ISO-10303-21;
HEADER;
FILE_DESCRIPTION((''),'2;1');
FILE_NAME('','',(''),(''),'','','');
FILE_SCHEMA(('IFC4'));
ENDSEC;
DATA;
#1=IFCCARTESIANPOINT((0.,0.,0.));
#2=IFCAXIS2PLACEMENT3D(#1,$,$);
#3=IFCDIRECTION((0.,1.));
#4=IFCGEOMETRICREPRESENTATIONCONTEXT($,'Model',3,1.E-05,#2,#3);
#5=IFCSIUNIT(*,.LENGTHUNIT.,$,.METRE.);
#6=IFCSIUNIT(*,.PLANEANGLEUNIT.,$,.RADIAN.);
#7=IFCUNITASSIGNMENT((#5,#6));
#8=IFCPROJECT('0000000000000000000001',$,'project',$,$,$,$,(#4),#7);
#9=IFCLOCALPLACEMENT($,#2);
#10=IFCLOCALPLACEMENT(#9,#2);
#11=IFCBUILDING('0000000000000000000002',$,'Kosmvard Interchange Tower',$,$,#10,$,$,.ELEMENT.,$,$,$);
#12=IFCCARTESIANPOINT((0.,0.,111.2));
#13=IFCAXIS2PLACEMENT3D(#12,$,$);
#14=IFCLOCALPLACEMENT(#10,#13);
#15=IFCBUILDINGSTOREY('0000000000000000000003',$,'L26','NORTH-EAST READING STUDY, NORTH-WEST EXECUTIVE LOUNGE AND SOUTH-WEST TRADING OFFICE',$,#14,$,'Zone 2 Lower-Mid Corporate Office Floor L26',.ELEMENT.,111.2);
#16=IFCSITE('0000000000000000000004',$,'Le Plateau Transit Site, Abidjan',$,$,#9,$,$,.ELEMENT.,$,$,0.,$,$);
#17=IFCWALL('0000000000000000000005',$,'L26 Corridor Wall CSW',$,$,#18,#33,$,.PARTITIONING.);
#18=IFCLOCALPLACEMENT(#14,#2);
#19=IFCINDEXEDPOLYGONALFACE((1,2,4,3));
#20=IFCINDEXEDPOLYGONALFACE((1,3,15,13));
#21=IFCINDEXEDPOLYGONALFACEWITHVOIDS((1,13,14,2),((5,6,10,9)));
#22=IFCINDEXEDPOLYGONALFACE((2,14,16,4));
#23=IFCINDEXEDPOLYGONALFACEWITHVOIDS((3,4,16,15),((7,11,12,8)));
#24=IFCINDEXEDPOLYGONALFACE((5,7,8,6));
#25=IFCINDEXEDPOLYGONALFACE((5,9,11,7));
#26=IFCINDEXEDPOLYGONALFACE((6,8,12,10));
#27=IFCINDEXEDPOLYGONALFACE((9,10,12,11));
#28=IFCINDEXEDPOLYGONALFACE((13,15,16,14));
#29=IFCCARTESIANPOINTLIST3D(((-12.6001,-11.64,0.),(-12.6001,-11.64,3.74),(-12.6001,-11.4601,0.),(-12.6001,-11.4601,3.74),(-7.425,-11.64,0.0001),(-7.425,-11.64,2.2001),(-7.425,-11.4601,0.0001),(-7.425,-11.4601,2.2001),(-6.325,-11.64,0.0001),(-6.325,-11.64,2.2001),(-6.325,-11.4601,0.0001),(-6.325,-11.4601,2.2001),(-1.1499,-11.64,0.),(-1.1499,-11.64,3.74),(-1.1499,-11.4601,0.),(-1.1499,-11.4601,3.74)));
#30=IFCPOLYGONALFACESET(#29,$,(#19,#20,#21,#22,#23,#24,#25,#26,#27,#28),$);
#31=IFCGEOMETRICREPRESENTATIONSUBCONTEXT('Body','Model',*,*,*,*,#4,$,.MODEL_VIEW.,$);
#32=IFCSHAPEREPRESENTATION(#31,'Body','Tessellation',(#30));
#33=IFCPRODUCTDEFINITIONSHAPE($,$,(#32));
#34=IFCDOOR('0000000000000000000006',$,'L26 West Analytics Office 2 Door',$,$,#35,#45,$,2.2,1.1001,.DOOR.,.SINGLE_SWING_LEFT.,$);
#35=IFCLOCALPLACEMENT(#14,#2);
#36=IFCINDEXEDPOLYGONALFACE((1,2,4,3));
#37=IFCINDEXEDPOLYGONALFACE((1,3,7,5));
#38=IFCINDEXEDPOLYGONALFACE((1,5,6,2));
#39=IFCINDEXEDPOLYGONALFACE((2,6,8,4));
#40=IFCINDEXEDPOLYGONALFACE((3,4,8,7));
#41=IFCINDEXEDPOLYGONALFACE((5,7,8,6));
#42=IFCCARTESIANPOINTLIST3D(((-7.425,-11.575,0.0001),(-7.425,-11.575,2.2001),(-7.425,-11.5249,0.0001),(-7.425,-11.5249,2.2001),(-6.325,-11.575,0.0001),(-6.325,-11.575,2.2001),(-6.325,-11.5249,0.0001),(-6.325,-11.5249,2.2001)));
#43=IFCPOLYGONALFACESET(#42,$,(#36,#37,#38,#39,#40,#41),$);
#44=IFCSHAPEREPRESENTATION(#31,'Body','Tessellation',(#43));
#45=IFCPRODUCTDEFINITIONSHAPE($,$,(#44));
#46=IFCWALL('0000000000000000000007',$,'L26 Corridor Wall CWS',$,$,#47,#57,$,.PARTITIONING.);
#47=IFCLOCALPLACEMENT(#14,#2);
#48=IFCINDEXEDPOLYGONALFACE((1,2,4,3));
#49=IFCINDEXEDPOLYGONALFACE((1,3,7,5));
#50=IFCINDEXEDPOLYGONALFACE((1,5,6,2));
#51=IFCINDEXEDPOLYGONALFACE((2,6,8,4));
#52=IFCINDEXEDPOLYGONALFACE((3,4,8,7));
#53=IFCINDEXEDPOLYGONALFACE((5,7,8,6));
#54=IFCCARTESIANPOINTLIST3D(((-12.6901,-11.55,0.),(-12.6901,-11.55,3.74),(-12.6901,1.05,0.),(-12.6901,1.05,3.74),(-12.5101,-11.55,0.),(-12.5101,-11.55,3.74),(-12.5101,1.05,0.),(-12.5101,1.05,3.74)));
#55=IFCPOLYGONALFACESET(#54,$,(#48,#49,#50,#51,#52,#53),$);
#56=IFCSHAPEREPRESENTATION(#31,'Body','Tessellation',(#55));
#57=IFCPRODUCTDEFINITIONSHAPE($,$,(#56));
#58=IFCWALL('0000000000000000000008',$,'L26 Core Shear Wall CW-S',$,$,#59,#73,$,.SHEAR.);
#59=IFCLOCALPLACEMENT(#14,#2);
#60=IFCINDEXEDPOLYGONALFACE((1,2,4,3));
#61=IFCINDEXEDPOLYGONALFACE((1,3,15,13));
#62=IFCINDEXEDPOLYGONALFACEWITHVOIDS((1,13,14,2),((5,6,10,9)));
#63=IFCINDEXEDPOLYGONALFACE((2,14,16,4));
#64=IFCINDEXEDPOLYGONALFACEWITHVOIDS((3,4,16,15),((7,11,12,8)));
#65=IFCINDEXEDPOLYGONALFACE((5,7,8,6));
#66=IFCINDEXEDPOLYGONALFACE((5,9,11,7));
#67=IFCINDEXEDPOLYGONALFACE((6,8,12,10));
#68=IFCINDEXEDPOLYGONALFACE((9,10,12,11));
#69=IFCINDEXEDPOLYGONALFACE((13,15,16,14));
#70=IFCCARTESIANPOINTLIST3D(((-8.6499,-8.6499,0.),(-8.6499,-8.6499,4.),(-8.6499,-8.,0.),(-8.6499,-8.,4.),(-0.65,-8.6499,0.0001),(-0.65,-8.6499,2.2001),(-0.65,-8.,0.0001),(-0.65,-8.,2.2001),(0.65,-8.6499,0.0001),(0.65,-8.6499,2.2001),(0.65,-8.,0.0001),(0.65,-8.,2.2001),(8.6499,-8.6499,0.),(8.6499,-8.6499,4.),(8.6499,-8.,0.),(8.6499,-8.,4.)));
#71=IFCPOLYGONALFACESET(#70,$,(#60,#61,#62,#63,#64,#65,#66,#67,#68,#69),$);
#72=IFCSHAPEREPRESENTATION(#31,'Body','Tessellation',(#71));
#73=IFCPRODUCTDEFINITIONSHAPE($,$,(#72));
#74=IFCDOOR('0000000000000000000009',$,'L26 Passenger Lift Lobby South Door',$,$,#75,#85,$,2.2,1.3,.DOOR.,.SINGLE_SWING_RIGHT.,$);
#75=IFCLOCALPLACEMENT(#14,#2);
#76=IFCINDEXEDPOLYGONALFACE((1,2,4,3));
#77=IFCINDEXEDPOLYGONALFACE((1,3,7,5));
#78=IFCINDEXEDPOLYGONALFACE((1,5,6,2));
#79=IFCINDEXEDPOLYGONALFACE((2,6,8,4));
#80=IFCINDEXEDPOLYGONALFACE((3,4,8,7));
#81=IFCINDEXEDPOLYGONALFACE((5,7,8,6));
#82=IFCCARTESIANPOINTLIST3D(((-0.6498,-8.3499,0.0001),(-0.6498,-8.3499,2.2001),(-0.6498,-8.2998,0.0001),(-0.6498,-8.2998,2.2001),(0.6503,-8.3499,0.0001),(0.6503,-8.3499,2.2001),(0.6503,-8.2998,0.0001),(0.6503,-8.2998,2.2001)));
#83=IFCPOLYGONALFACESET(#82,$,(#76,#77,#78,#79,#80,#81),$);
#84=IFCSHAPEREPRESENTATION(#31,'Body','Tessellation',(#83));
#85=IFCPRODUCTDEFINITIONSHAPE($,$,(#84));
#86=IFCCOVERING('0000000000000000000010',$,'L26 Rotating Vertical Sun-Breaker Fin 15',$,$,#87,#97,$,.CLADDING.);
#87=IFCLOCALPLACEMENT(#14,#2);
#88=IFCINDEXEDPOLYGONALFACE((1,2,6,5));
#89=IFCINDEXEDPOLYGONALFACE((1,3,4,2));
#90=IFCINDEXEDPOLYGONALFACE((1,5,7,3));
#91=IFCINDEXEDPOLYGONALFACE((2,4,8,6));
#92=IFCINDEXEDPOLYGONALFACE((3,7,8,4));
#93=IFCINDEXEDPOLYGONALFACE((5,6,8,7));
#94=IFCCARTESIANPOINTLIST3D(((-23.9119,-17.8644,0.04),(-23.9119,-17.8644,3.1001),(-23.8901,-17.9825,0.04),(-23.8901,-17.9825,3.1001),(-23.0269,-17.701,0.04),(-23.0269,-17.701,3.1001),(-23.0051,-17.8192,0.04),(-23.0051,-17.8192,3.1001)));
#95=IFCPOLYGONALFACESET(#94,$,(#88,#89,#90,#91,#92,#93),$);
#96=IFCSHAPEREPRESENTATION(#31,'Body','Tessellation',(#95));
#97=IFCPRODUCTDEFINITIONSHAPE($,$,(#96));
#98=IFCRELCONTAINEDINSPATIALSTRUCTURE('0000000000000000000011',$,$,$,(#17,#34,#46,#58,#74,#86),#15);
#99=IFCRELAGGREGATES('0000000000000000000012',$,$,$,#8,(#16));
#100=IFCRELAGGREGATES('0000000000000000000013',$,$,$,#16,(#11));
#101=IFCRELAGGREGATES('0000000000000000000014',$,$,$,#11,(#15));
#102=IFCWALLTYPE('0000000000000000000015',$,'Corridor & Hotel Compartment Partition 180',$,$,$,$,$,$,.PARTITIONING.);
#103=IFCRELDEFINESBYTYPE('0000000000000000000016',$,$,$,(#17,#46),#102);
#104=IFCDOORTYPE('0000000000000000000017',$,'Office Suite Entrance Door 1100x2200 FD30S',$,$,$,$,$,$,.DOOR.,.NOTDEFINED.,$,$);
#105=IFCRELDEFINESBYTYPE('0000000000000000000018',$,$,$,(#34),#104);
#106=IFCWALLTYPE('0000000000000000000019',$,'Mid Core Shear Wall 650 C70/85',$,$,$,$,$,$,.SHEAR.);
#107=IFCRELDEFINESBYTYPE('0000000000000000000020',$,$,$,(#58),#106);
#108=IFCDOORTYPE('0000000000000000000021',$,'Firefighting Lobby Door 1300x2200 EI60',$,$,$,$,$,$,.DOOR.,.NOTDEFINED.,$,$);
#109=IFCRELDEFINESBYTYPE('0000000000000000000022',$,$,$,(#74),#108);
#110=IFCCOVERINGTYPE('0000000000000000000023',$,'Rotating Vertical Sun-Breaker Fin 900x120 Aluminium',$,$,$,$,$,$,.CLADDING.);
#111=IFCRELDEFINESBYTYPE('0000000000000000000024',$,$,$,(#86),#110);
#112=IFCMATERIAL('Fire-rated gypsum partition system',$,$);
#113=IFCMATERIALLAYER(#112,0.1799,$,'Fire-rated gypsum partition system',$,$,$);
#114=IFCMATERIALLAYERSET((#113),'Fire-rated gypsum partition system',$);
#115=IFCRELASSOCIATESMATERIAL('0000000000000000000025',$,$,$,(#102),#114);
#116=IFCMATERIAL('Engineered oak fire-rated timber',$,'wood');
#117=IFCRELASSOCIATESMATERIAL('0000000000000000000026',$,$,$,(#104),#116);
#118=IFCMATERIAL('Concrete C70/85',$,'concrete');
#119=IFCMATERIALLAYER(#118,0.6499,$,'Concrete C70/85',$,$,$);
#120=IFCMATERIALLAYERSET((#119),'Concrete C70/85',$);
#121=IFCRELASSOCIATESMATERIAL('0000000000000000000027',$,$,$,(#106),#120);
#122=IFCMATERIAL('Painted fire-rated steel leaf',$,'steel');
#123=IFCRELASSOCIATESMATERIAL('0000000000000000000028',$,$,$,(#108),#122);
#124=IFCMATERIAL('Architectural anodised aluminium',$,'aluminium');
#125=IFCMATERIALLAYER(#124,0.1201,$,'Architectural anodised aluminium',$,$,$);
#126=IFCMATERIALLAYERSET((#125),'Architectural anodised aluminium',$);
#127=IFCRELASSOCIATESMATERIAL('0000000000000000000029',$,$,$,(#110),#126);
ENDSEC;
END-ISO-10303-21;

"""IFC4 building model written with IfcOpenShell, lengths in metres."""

from ifc_helpers import new_model, si_unit, direction, frame, frame_2d, origin, origin_2d, place, context, subcontext, project, spatial, rectangle, extrude, source, transform, mapped, material, layer, layer_set, type_object, element, fill, save


model = new_model("IFC4")

# Units and contexts
model_context = context("Model", 3, precision=1e-05, world=origin(), true_north=direction((0.0, 1.0)))
body_context = subcontext(model_context, "Body", "Model", "MODEL_VIEW")
ifc_project = project(units=[si_unit("LENGTHUNIT", "METRE"), si_unit("PLANEANGLEUNIT", "RADIAN")], contexts=[model_context])

# Site, building, storey
site_placement = place(None, origin())
site = spatial("IfcSite", under=ifc_project, at=site_placement, Name="Le Plateau Transit Site, Abidjan", CompositionType="ELEMENT", RefElevation=0.0)
building_placement = place(site_placement, origin())
building = spatial("IfcBuilding", under=site, at=building_placement, Name="Kosmvard Interchange Tower", CompositionType="ELEMENT")
storey_placement = place(building_placement, frame((0.0, 0.0, 111.2)))
storey = spatial("IfcBuildingStorey", under=building, at=storey_placement, Name="L26", Description="NORTH-EAST READING STUDY, NORTH-WEST EXECUTIVE LOUNGE AND SOUTH-WEST TRADING OFFICE", LongName="Zone 2 Lower-Mid Corporate Office Floor L26", CompositionType="ELEMENT", Elevation=111.2)

# Shared definitions
ifc_material_1 = material(Name="Concrete C70/85", Category="concrete")

# Wall, opening, door
ifc_material_2 = material(Name="Fire-rated gypsum partition system")
ifc_layer_1 = layer(ifc_material_2, 0.1799, Name="Fire-rated gypsum partition system")
ifc_layer_set_1 = layer_set([ifc_layer_1], Name="Fire-rated gypsum partition system")
wall_type_1 = type_object("IfcWallType", Name="Corridor & Hotel Compartment Partition 180", PredefinedType="PARTITIONING", material=ifc_layer_set_1)
wall_1_placement = place(storey_placement, frame((-12.6001, -11.55, 0.0), z_axis=(0.0, 0.0, 1.0), x_axis=(1.0, 0.0, 0.0)))
wall_1 = element("IfcWall", 1, at=wall_1_placement, inside=storey, type_object=wall_type_1, Name="L26 Corridor Wall CSW", PredefinedType="PARTITIONING", context=body_context, shape_type="SweptSolid", body=[
    extrude(rectangle(XDim=11.4502, YDim=0.1799, at=frame_2d((5.7251, 0.0))), origin(), (0.0, 0.0, 1.0), 3.74),
])
opening_1_placement = place(wall_1_placement, frame((5.175, 0.0, 0.0)))
opening_1 = element("IfcOpeningElement", 2, at=opening_1_placement, cuts=wall_1, PredefinedType="OPENING", context=body_context, shape_type="SweptSolid", body=[
    extrude(rectangle(XDim=1.1001, YDim=2.2, at=frame_2d((0.55, 1.1001))), frame((0.0, 0.1001, 0.0), z_axis=(0.0, -1.0, 0.0), x_axis=(1.0, 0.0, 0.0)), (0.0, 0.0, 1.0), 0.2),
])
ifc_material_3 = material(Name="Engineered oak fire-rated timber", Category="wood")
door_type_1 = type_object("IfcDoorType", Name="Office Suite Entrance Door 1100x2200 FD30S", OperationType="NOTDEFINED", PredefinedType="DOOR", material=ifc_material_3)
shared_shape_1 = source(origin(), body_context, "Body", "SweptSolid", [
    extrude(rectangle(XDim=1.1001, YDim=2.2, at=frame_2d((0.55, 1.1001))), frame((0.0, 0.0249, 0.0), z_axis=(0.0, -1.0, 0.0), x_axis=(1.0, 0.0, 0.0)), (0.0, 0.0, 1.0), 0.05),
])
door_1_placement = place(opening_1_placement, frame((1.1001, 0.0, 0.0), z_axis=(0.0, 0.0, 1.0), x_axis=(-1.0, 0.0, 0.0)))
door_1 = element("IfcDoor", 3, at=door_1_placement, inside=storey, type_object=door_type_1, Name="L26 West Analytics Office 2 Door", OperationType="SINGLE_SWING_LEFT", OverallHeight=2.2, OverallWidth=1.1001, PredefinedType="DOOR", context=body_context, shape_type="MappedRepresentation", body=[
    mapped(shared_shape_1, transform((0.0, 0.0, 0.0), scale=1.0)),
])
fill(opening_1, door_1)

# Wall
wall_2_placement = place(storey_placement, frame((-12.6001, -11.55, 0.0), z_axis=(0.0, 0.0, 1.0), x_axis=(0.0, 1.0, 0.0)))
element("IfcWall", 4, at=wall_2_placement, inside=storey, type_object=wall_type_1, Name="L26 Corridor Wall CWS", PredefinedType="PARTITIONING", context=body_context, shape_type="SweptSolid", body=[
    extrude(rectangle(XDim=12.6001, YDim=0.1799, at=frame_2d((6.3, 0.0))), origin(), (0.0, 0.0, 1.0), 3.74),
])

# Wall, opening, door
ifc_layer_2 = layer(ifc_material_1, 0.6499, Name="Concrete C70/85")
ifc_layer_set_2 = layer_set([ifc_layer_2], Name="Concrete C70/85")
wall_type_2 = type_object("IfcWallType", Name="Mid Core Shear Wall 650 C70/85", PredefinedType="SHEAR", material=ifc_layer_set_2)
wall_3_placement = place(storey_placement, frame((-8.6499, -8.325, 0.0), z_axis=(0.0, 0.0, 1.0), x_axis=(1.0, 0.0, 0.0)))
wall_3 = element("IfcWall", 5, at=wall_3_placement, inside=storey, type_object=wall_type_2, Name="L26 Core Shear Wall CW-S", PredefinedType="SHEAR", context=body_context, shape_type="SweptSolid", body=[
    extrude(rectangle(XDim=17.2998, YDim=0.6499, at=frame_2d((8.6499, 0.0))), origin(), (0.0, 0.0, 1.0), 4.0),
])
opening_2_placement = place(wall_3_placement, frame((8.0, 0.0, 0.0)))
opening_2 = element("IfcOpeningElement", 6, at=opening_2_placement, cuts=wall_3, PredefinedType="OPENING", context=body_context, shape_type="SweptSolid", body=[
    extrude(rectangle(XDim=1.3, YDim=2.2, at=frame_2d((0.6499, 1.1001))), frame((0.0, 0.335, 0.0), z_axis=(0.0, -1.0, 0.0), x_axis=(1.0, 0.0, 0.0)), (0.0, 0.0, 1.0), 0.6699),
])
ifc_material_4 = material(Name="Painted fire-rated steel leaf", Category="steel")
door_type_2 = type_object("IfcDoorType", Name="Firefighting Lobby Door 1300x2200 EI60", OperationType="NOTDEFINED", PredefinedType="DOOR", material=ifc_material_4)
shared_shape_2 = source(origin(), body_context, "Body", "SweptSolid", [
    extrude(rectangle(XDim=1.3, YDim=2.2, at=frame_2d((0.6499, 1.1001))), frame((0.0, 0.0249, 0.0), z_axis=(0.0, -1.0, 0.0), x_axis=(1.0, 0.0, 0.0)), (0.0, 0.0, 1.0), 0.05),
])
door_2_placement = place(opening_2_placement, frame((1.3, 0.0, 0.0), z_axis=(0.0, 0.0, 1.0), x_axis=(-1.0, 0.0, 0.0)))
door_2 = element("IfcDoor", 7, at=door_2_placement, inside=storey, type_object=door_type_2, Name="L26 Passenger Lift Lobby South Door", OperationType="SINGLE_SWING_RIGHT", OverallHeight=2.2, OverallWidth=1.3, PredefinedType="DOOR", context=body_context, shape_type="MappedRepresentation", body=[
    mapped(shared_shape_2, transform((0.0, 0.0, 0.0), scale=1.0)),
])
fill(opening_2, door_2)

# Covering
ifc_material_5 = material(Name="Architectural anodised aluminium", Category="aluminium")
ifc_layer_3 = layer(ifc_material_5, 0.1201, Name="Architectural anodised aluminium")
ifc_layer_set_3 = layer_set([ifc_layer_3], Name="Architectural anodised aluminium")
covering_type = type_object("IfcCoveringType", Name="Rotating Vertical Sun-Breaker Fin 900x120 Aluminium", PredefinedType="CLADDING", material=ifc_layer_set_3)
shared_shape_3 = source(origin(), body_context, "Body", "SweptSolid", [
    extrude(rectangle(XDim=0.8999, YDim=0.1201, at=origin_2d()), origin(), (0.0, 0.0, 1.0), 3.0601),
])
covering_placement = place(storey_placement, frame((-23.4585, -17.8418, 0.04), z_axis=(0.0, 0.0, 1.0), x_axis=(-0.983382, -0.181549, 0.0)))
element("IfcCovering", 8, at=covering_placement, inside=storey, type_object=covering_type, Name="L26 Rotating Vertical Sun-Breaker Fin 15", PredefinedType="CLADDING", context=body_context, shape_type="MappedRepresentation", body=[
    mapped(shared_shape_3, transform((0.0, 0.0, 0.0), scale=1.0)),
])

save(model, "model.ifc")
